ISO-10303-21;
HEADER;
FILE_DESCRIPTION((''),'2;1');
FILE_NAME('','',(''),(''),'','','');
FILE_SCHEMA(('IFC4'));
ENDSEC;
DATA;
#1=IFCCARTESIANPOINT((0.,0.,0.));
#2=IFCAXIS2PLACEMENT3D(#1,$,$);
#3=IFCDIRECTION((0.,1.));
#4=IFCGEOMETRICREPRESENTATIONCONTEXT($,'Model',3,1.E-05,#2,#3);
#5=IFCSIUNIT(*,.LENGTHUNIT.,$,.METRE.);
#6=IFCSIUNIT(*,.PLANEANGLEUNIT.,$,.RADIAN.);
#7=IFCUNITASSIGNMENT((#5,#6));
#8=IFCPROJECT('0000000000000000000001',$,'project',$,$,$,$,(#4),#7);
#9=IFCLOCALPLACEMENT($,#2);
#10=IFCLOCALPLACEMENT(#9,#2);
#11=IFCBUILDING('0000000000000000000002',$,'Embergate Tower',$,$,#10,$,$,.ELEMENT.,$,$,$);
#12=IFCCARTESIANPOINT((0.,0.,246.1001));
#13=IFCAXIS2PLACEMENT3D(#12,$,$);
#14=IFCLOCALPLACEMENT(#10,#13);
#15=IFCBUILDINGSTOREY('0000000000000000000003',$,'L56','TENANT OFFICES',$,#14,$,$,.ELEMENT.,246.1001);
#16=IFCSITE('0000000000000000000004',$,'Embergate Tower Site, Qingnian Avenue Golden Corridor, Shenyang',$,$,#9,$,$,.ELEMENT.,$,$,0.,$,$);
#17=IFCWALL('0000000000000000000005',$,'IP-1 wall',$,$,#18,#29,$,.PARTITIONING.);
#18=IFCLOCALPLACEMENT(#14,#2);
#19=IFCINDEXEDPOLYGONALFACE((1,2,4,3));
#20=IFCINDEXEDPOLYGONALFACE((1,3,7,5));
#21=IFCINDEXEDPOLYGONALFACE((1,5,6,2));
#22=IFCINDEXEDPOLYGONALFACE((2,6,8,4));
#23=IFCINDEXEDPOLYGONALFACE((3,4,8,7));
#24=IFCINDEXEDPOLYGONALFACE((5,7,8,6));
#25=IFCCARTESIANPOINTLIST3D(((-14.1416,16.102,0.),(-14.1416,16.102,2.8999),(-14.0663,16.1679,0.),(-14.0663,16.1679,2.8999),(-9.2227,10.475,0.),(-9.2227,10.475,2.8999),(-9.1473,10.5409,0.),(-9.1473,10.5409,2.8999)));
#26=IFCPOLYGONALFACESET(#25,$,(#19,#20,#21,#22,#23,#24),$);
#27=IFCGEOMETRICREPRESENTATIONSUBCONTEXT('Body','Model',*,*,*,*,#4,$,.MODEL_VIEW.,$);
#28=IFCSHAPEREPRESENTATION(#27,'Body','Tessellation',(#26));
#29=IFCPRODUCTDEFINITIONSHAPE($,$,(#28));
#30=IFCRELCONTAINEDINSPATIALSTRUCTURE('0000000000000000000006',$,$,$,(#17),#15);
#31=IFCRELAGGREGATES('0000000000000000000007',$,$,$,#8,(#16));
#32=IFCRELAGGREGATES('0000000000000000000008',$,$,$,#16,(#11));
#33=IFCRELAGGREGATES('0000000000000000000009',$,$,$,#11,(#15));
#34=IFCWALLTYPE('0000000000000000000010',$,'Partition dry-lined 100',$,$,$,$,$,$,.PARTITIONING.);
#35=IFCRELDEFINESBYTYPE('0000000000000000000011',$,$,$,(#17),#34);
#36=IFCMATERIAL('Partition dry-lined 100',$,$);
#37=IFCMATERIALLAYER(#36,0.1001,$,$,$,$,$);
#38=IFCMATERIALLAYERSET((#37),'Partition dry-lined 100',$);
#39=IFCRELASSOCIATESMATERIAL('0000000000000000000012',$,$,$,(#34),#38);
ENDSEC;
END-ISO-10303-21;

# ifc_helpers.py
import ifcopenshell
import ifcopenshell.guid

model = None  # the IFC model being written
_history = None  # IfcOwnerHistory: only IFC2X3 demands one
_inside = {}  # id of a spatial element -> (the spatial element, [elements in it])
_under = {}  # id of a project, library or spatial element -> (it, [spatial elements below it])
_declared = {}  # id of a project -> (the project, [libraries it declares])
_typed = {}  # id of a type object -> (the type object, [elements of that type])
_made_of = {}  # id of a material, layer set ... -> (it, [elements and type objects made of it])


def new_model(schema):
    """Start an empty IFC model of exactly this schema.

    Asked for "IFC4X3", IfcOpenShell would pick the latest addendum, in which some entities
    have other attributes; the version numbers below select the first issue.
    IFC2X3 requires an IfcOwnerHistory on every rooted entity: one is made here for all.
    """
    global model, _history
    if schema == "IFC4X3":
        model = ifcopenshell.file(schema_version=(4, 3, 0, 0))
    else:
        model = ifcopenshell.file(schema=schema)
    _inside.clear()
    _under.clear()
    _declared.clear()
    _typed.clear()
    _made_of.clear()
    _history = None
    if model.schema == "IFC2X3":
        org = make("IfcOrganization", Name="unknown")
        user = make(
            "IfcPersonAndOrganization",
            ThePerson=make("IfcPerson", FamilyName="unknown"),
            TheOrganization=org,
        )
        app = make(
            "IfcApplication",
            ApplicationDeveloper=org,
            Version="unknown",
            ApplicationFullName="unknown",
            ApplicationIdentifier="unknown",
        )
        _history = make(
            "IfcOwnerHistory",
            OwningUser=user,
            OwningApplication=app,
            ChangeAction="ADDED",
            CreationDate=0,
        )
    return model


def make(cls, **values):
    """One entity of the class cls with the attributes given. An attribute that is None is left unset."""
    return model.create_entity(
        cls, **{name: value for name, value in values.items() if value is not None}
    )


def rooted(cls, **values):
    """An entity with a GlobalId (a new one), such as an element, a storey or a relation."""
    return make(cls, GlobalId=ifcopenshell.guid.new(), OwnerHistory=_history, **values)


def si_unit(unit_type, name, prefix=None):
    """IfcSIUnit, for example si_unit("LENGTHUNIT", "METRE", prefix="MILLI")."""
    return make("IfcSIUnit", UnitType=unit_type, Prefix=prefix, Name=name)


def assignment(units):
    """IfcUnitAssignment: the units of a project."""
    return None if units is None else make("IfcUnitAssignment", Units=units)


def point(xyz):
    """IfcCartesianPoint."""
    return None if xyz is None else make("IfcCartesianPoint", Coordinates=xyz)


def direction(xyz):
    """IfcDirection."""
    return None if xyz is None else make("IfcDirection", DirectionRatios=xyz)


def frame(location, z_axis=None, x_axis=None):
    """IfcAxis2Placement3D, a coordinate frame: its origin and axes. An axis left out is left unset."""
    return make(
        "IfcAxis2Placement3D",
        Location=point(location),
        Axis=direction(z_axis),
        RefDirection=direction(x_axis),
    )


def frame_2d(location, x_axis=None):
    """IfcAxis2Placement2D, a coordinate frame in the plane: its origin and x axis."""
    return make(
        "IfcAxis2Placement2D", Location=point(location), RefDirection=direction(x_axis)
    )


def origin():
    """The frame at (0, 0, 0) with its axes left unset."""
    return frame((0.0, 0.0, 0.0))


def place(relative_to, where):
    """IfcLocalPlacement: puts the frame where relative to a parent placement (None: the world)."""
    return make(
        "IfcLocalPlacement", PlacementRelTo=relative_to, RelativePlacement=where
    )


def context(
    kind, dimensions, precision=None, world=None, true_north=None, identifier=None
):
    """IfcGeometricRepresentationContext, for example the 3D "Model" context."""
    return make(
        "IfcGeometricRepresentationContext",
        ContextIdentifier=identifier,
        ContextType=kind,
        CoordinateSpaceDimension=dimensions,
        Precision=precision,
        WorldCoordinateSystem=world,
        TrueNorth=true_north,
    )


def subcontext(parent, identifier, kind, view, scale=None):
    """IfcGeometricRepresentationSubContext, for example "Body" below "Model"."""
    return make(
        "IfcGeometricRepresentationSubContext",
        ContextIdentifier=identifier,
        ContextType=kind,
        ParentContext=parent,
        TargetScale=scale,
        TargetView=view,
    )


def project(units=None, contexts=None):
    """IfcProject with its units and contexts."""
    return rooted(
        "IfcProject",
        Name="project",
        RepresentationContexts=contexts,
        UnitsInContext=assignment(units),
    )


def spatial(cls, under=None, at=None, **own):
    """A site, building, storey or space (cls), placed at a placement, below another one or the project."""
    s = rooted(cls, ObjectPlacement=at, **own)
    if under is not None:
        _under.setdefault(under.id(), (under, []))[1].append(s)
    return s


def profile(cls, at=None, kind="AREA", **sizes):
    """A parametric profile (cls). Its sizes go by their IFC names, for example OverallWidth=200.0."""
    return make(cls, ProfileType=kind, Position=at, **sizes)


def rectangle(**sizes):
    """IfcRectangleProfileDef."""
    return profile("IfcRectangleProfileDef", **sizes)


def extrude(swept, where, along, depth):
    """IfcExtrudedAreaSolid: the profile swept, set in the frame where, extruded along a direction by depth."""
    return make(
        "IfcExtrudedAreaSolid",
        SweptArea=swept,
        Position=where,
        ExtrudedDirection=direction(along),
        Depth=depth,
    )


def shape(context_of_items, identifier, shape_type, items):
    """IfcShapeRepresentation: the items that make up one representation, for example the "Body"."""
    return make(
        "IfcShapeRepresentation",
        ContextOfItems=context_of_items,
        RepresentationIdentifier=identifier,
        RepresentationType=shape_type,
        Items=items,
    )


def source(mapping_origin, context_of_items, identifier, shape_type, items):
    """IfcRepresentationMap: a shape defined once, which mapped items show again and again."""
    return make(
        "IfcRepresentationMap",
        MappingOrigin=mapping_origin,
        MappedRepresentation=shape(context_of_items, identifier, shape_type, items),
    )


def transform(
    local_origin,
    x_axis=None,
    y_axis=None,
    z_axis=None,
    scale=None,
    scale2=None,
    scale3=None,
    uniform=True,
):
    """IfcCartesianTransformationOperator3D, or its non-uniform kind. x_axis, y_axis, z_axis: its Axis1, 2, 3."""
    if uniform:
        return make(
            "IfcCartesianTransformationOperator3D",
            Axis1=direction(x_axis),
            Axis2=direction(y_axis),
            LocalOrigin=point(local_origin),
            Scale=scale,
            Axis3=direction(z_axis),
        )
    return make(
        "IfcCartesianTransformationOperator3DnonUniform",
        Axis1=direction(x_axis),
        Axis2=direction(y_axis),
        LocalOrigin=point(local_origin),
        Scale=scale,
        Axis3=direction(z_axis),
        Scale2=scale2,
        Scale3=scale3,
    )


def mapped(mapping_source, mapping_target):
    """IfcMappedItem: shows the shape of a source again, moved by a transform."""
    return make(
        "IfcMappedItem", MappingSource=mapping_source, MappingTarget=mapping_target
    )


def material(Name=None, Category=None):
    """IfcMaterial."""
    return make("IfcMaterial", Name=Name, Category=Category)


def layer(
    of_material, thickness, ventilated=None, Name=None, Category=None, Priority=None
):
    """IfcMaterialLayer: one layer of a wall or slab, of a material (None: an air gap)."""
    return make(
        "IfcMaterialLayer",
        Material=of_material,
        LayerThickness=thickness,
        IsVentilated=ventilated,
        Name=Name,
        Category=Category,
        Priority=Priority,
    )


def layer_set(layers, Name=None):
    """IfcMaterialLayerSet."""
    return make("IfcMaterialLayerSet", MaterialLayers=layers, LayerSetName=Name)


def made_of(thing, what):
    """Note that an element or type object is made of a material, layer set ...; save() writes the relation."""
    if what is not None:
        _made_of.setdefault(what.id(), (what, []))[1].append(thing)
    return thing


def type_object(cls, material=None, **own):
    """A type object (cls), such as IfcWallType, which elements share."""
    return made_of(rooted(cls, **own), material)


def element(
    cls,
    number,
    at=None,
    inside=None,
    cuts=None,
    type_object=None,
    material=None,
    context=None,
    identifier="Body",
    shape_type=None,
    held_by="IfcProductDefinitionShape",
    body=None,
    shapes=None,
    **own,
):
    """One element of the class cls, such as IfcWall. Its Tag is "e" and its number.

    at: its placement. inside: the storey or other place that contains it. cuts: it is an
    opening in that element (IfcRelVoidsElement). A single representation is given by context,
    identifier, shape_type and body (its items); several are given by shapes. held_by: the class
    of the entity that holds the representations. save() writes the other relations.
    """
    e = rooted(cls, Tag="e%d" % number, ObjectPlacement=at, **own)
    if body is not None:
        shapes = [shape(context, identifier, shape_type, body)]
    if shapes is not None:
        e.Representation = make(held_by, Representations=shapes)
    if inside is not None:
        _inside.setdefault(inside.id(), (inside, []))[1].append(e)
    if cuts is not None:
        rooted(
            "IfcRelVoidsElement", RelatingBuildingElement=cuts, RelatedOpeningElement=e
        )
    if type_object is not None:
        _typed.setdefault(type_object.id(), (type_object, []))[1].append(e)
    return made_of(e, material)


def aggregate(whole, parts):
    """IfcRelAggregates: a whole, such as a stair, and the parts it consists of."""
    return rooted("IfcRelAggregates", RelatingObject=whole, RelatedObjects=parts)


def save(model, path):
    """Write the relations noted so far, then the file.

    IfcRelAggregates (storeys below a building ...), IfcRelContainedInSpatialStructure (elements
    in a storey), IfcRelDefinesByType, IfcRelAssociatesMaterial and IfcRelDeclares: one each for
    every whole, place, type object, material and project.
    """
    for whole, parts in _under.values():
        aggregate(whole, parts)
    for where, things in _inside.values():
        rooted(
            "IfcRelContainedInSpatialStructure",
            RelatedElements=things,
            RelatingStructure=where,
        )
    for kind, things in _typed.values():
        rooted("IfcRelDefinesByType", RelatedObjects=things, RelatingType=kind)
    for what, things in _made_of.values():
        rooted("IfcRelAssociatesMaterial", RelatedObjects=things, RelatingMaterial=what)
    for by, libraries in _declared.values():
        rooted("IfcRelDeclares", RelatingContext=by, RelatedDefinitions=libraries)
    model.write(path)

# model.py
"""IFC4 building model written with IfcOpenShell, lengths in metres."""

from ifc_helpers import new_model, si_unit, direction, frame, frame_2d, origin, place, context, subcontext, project, spatial, rectangle, extrude, source, transform, mapped, material, layer, layer_set, type_object, element, save


model = new_model("IFC4")

# Units and contexts
model_context = context("Model", 3, precision=1e-05, world=origin(), true_north=direction((0.0, 1.0)))
body_context = subcontext(model_context, "Body", "Model", "MODEL_VIEW")
ifc_project = project(units=[si_unit("LENGTHUNIT", "METRE"), si_unit("PLANEANGLEUNIT", "RADIAN")], contexts=[model_context])

# Site, building, storey
site_placement = place(None, origin())
site = spatial("IfcSite", under=ifc_project, at=site_placement, Name="Embergate Tower Site, Qingnian Avenue Golden Corridor, Shenyang", CompositionType="ELEMENT", RefElevation=0.0)
building_placement = place(site_placement, origin())
building = spatial("IfcBuilding", under=site, at=building_placement, Name="Embergate Tower", CompositionType="ELEMENT")
storey_placement = place(building_placement, frame((0.0, 0.0, 246.1001)))
storey = spatial("IfcBuildingStorey", under=building, at=storey_placement, Name="L56", Description="TENANT OFFICES", CompositionType="ELEMENT", Elevation=246.1001)

# Wall
ifc_material_1 = material(Name="Partition dry-lined 100")
ifc_layer_1 = layer(ifc_material_1, 0.1001)
ifc_layer_set_1 = layer_set([ifc_layer_1], Name="Partition dry-lined 100")
wall_type_1 = type_object("IfcWallType", Name="Partition dry-lined 100", PredefinedType="PARTITIONING", material=ifc_layer_set_1)
shared_shape_1 = source(origin(), body_context, "Body", "SweptSolid", [
    extrude(rectangle(XDim=7.4739, YDim=0.1001, at=frame_2d((3.7368, 0.0))), origin(), (0.0, 0.0, 1.0), 2.8999),
])
wall_1_placement = place(storey_placement, frame((-9.1851, 10.5081, 0.0), z_axis=(0.0, 0.0, 1.0), x_axis=(-0.658153, 0.752884, 0.0)))
element("IfcWall", 1, at=wall_1_placement, inside=storey, type_object=wall_type_1, Name="IP-1 wall", PredefinedType="PARTITIONING", context=body_context, shape_type="MappedRepresentation", body=[
    mapped(shared_shape_1, transform((0.0, 0.0, 0.0))),
])

save(model, "model.ifc")
